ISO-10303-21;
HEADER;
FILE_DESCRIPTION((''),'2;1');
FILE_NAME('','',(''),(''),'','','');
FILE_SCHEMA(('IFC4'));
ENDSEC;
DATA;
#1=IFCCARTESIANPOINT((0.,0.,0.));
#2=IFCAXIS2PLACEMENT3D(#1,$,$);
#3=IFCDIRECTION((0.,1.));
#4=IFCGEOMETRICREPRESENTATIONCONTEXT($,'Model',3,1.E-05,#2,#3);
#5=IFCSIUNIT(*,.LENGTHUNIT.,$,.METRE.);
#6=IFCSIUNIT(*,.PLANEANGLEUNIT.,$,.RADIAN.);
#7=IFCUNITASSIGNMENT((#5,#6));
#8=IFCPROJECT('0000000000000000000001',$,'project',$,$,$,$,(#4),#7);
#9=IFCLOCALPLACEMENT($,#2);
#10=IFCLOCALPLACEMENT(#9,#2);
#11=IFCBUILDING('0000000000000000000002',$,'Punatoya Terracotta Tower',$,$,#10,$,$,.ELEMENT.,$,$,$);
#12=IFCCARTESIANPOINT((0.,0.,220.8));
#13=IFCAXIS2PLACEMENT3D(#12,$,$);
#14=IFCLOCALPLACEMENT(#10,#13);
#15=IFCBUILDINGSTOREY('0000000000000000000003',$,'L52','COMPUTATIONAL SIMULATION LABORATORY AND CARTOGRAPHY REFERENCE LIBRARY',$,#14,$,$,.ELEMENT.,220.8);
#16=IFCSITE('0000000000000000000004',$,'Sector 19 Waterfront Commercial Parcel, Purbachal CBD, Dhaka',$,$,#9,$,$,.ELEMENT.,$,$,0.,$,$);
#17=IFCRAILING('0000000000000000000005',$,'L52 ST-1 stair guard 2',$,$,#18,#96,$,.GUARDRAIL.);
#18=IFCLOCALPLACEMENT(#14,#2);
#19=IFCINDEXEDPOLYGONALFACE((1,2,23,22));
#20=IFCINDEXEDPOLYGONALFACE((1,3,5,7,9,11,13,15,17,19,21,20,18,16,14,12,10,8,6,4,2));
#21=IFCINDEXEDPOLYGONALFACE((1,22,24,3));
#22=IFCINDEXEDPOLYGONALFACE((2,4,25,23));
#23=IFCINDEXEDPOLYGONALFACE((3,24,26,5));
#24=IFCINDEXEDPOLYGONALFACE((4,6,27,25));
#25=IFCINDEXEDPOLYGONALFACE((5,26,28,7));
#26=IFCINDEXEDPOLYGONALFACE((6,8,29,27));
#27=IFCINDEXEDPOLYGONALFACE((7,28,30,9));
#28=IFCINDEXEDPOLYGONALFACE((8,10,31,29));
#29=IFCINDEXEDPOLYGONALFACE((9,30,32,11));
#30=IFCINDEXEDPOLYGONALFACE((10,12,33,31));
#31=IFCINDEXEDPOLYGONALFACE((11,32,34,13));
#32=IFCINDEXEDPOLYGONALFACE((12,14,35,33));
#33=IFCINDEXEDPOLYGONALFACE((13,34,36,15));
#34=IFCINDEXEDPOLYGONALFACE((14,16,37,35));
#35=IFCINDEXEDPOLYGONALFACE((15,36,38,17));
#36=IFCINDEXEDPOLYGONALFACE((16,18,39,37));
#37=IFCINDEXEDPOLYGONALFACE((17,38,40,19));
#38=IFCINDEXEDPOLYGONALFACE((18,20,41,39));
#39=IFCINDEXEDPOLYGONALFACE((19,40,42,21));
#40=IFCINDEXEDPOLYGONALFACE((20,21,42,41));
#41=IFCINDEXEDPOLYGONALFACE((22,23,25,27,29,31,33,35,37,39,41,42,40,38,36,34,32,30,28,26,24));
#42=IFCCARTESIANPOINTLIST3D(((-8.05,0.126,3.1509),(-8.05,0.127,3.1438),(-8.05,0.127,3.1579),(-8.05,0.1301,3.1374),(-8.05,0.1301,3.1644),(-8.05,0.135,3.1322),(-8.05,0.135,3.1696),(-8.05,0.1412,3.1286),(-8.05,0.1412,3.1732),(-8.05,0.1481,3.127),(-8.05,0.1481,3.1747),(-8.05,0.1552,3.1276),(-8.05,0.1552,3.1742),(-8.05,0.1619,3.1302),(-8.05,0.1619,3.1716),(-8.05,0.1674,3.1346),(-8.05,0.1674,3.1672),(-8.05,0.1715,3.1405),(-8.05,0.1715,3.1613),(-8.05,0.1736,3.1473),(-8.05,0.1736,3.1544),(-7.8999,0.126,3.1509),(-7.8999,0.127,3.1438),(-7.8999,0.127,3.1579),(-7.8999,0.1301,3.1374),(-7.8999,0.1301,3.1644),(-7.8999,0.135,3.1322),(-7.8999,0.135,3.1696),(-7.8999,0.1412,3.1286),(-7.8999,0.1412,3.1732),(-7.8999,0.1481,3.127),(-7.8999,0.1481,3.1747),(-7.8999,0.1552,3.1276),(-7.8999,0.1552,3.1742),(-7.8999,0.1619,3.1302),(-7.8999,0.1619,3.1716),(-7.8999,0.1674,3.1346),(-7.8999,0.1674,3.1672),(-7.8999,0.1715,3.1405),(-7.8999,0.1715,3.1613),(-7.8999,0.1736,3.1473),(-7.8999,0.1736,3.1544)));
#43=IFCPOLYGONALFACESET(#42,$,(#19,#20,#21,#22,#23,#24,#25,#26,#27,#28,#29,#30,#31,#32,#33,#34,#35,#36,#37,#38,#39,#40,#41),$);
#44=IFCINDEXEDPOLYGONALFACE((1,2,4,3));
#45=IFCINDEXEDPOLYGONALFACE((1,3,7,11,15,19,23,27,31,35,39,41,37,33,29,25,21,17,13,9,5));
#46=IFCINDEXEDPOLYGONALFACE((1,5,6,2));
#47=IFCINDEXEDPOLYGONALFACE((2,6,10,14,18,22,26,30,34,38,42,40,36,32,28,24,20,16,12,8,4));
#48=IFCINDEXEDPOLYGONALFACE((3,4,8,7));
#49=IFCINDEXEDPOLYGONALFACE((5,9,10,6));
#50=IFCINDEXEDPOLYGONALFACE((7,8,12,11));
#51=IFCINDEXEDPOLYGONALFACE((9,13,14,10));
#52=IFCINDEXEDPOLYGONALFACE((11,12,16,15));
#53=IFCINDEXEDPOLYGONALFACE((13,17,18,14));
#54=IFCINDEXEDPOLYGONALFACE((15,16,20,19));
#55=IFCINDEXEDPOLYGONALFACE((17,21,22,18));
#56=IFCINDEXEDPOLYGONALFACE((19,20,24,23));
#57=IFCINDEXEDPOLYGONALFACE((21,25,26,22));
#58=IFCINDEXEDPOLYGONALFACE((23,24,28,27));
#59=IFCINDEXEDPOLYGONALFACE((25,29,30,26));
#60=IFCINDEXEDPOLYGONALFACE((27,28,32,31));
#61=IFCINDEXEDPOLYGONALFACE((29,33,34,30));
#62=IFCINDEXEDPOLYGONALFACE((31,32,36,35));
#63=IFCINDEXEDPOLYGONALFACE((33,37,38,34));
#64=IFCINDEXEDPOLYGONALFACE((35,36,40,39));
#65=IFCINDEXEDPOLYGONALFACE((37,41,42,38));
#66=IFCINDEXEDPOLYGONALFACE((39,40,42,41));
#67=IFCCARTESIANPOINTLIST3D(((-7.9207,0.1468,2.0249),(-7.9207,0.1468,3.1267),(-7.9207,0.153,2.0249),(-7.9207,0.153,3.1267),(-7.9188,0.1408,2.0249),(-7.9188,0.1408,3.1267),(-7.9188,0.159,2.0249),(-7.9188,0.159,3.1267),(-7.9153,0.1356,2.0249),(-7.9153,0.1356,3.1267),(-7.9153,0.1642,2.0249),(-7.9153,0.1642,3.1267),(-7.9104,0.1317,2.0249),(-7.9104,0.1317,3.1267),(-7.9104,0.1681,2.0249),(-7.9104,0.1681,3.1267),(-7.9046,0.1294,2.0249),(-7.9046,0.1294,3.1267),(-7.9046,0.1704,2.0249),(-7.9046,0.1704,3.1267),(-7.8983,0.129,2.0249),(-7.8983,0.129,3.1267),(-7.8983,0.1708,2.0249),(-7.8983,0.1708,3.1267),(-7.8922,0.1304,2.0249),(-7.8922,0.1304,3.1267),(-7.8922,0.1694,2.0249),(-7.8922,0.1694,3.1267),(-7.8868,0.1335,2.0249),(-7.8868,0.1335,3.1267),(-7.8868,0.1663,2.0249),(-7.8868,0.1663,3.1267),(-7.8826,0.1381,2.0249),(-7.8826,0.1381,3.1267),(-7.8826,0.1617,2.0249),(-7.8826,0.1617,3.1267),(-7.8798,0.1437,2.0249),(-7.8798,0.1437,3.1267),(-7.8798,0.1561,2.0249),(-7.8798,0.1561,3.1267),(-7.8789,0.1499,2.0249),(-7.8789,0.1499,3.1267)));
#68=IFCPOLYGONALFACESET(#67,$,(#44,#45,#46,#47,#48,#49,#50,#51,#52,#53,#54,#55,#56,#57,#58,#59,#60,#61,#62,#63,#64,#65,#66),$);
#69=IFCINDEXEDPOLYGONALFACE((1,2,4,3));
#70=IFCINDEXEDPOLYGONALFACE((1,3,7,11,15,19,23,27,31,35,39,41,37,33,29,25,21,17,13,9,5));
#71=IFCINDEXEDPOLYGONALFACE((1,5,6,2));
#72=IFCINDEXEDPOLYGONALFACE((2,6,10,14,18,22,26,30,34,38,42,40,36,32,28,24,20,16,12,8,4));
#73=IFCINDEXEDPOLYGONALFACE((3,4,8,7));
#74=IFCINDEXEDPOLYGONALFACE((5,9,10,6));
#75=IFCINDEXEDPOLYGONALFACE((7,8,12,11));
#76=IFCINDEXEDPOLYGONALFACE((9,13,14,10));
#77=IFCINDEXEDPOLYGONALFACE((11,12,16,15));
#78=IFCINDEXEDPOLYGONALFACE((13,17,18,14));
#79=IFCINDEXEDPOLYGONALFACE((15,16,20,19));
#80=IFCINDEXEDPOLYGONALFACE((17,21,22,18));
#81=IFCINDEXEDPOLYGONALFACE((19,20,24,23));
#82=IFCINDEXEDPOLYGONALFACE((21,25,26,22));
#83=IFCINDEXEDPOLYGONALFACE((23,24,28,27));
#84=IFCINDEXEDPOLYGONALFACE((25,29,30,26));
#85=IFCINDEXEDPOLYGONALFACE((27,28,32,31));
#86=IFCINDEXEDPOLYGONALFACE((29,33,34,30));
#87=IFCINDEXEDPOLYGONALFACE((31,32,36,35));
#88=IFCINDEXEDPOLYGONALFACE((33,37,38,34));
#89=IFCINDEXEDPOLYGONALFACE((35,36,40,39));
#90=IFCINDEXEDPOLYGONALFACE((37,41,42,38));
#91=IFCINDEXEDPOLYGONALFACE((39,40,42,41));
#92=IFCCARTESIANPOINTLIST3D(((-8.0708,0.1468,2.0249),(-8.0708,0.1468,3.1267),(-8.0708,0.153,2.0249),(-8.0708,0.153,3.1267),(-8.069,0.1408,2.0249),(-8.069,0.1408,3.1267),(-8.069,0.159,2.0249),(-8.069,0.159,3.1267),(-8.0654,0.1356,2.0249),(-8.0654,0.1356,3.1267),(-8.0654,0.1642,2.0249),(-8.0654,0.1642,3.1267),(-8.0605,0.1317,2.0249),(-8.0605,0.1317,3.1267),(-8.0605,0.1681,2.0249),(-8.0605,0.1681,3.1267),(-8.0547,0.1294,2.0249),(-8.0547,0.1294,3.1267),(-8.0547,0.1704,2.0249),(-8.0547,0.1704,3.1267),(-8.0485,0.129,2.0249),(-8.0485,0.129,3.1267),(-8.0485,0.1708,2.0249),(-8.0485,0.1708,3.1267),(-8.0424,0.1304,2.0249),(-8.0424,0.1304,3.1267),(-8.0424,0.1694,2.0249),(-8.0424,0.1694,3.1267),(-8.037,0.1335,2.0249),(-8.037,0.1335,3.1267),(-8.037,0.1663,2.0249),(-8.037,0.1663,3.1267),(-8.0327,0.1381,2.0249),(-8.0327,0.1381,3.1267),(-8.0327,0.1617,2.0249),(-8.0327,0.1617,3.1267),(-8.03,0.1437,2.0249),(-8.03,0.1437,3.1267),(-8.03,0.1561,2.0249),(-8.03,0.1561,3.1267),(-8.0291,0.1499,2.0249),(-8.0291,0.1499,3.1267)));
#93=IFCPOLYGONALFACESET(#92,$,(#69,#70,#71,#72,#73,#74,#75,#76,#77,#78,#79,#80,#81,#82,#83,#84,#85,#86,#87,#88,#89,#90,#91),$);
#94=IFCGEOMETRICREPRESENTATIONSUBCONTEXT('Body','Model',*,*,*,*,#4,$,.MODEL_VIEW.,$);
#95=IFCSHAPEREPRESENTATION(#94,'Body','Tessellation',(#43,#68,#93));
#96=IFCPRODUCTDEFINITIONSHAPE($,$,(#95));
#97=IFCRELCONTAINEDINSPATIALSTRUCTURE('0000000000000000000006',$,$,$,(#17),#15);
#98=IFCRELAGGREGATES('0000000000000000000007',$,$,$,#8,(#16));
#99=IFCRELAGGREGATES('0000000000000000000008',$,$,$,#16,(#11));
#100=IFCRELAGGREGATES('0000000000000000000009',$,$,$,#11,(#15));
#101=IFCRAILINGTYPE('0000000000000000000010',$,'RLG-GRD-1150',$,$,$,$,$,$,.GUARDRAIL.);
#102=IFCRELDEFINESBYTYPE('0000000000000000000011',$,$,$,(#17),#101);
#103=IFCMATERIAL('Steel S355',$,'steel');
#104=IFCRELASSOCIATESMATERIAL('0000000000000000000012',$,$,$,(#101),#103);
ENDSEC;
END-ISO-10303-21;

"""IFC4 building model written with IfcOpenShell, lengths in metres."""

from ifc_helpers import new_model, si_unit, direction, frame, origin, origin_2d, place, context, subcontext, project, spatial, circle, extrude, material, type_object, element, save


model = new_model("IFC4")

# Units and contexts
model_context = context("Model", 3, precision=1e-05, world=origin(), true_north=direction((0.0, 1.0)))
body_context = subcontext(model_context, "Body", "Model", "MODEL_VIEW")
ifc_project = project(units=[si_unit("LENGTHUNIT", "METRE"), si_unit("PLANEANGLEUNIT", "RADIAN")], contexts=[model_context])

# Site, building, storey
site_placement = place(None, origin())
site = spatial("IfcSite", under=ifc_project, at=site_placement, Name="Sector 19 Waterfront Commercial Parcel, Purbachal CBD, Dhaka", CompositionType="ELEMENT", RefElevation=0.0)
building_placement = place(site_placement, origin())
building = spatial("IfcBuilding", under=site, at=building_placement, Name="Punatoya Terracotta Tower", CompositionType="ELEMENT")
storey_placement = place(building_placement, frame((0.0, 0.0, 220.8)))
storey = spatial("IfcBuildingStorey", under=building, at=storey_placement, Name="L52", Description="COMPUTATIONAL SIMULATION LABORATORY AND CARTOGRAPHY REFERENCE LIBRARY", CompositionType="ELEMENT", Elevation=220.8)

# Railing
ifc_material_1 = material(Name="Steel S355", Category="steel")
railing_type_1 = type_object("IfcRailingType", Name="RLG-GRD-1150", PredefinedType="GUARDRAIL", material=ifc_material_1)
railing_1_placement = place(storey_placement, frame((-7.8999, 0.1499, 2.0249)))
element("IfcRailing", 1, at=railing_1_placement, inside=storey, type_object=railing_type_1, Name="L52 ST-1 stair guard 2", PredefinedType="GUARDRAIL", context=body_context, shape_type="SweptSolid", body=[
    extrude(circle(Radius=0.0239, at=origin_2d()), frame((0.0, 0.0, 1.126), z_axis=(-1.0, 0.0, 0.0), x_axis=(0.0, -1.0, 0.0)), (0.0, 0.0, 1.0), 0.1501),
    extrude(circle(Radius=0.021, at=origin_2d()), origin(), (0.0, 0.0, 1.0), 1.1018),
    extrude(circle(Radius=0.021, at=origin_2d()), frame((-0.1501, 0.0, 0.0)), (0.0, 0.0, 1.0), 1.1018),
])

save(model, "model.ifc")
